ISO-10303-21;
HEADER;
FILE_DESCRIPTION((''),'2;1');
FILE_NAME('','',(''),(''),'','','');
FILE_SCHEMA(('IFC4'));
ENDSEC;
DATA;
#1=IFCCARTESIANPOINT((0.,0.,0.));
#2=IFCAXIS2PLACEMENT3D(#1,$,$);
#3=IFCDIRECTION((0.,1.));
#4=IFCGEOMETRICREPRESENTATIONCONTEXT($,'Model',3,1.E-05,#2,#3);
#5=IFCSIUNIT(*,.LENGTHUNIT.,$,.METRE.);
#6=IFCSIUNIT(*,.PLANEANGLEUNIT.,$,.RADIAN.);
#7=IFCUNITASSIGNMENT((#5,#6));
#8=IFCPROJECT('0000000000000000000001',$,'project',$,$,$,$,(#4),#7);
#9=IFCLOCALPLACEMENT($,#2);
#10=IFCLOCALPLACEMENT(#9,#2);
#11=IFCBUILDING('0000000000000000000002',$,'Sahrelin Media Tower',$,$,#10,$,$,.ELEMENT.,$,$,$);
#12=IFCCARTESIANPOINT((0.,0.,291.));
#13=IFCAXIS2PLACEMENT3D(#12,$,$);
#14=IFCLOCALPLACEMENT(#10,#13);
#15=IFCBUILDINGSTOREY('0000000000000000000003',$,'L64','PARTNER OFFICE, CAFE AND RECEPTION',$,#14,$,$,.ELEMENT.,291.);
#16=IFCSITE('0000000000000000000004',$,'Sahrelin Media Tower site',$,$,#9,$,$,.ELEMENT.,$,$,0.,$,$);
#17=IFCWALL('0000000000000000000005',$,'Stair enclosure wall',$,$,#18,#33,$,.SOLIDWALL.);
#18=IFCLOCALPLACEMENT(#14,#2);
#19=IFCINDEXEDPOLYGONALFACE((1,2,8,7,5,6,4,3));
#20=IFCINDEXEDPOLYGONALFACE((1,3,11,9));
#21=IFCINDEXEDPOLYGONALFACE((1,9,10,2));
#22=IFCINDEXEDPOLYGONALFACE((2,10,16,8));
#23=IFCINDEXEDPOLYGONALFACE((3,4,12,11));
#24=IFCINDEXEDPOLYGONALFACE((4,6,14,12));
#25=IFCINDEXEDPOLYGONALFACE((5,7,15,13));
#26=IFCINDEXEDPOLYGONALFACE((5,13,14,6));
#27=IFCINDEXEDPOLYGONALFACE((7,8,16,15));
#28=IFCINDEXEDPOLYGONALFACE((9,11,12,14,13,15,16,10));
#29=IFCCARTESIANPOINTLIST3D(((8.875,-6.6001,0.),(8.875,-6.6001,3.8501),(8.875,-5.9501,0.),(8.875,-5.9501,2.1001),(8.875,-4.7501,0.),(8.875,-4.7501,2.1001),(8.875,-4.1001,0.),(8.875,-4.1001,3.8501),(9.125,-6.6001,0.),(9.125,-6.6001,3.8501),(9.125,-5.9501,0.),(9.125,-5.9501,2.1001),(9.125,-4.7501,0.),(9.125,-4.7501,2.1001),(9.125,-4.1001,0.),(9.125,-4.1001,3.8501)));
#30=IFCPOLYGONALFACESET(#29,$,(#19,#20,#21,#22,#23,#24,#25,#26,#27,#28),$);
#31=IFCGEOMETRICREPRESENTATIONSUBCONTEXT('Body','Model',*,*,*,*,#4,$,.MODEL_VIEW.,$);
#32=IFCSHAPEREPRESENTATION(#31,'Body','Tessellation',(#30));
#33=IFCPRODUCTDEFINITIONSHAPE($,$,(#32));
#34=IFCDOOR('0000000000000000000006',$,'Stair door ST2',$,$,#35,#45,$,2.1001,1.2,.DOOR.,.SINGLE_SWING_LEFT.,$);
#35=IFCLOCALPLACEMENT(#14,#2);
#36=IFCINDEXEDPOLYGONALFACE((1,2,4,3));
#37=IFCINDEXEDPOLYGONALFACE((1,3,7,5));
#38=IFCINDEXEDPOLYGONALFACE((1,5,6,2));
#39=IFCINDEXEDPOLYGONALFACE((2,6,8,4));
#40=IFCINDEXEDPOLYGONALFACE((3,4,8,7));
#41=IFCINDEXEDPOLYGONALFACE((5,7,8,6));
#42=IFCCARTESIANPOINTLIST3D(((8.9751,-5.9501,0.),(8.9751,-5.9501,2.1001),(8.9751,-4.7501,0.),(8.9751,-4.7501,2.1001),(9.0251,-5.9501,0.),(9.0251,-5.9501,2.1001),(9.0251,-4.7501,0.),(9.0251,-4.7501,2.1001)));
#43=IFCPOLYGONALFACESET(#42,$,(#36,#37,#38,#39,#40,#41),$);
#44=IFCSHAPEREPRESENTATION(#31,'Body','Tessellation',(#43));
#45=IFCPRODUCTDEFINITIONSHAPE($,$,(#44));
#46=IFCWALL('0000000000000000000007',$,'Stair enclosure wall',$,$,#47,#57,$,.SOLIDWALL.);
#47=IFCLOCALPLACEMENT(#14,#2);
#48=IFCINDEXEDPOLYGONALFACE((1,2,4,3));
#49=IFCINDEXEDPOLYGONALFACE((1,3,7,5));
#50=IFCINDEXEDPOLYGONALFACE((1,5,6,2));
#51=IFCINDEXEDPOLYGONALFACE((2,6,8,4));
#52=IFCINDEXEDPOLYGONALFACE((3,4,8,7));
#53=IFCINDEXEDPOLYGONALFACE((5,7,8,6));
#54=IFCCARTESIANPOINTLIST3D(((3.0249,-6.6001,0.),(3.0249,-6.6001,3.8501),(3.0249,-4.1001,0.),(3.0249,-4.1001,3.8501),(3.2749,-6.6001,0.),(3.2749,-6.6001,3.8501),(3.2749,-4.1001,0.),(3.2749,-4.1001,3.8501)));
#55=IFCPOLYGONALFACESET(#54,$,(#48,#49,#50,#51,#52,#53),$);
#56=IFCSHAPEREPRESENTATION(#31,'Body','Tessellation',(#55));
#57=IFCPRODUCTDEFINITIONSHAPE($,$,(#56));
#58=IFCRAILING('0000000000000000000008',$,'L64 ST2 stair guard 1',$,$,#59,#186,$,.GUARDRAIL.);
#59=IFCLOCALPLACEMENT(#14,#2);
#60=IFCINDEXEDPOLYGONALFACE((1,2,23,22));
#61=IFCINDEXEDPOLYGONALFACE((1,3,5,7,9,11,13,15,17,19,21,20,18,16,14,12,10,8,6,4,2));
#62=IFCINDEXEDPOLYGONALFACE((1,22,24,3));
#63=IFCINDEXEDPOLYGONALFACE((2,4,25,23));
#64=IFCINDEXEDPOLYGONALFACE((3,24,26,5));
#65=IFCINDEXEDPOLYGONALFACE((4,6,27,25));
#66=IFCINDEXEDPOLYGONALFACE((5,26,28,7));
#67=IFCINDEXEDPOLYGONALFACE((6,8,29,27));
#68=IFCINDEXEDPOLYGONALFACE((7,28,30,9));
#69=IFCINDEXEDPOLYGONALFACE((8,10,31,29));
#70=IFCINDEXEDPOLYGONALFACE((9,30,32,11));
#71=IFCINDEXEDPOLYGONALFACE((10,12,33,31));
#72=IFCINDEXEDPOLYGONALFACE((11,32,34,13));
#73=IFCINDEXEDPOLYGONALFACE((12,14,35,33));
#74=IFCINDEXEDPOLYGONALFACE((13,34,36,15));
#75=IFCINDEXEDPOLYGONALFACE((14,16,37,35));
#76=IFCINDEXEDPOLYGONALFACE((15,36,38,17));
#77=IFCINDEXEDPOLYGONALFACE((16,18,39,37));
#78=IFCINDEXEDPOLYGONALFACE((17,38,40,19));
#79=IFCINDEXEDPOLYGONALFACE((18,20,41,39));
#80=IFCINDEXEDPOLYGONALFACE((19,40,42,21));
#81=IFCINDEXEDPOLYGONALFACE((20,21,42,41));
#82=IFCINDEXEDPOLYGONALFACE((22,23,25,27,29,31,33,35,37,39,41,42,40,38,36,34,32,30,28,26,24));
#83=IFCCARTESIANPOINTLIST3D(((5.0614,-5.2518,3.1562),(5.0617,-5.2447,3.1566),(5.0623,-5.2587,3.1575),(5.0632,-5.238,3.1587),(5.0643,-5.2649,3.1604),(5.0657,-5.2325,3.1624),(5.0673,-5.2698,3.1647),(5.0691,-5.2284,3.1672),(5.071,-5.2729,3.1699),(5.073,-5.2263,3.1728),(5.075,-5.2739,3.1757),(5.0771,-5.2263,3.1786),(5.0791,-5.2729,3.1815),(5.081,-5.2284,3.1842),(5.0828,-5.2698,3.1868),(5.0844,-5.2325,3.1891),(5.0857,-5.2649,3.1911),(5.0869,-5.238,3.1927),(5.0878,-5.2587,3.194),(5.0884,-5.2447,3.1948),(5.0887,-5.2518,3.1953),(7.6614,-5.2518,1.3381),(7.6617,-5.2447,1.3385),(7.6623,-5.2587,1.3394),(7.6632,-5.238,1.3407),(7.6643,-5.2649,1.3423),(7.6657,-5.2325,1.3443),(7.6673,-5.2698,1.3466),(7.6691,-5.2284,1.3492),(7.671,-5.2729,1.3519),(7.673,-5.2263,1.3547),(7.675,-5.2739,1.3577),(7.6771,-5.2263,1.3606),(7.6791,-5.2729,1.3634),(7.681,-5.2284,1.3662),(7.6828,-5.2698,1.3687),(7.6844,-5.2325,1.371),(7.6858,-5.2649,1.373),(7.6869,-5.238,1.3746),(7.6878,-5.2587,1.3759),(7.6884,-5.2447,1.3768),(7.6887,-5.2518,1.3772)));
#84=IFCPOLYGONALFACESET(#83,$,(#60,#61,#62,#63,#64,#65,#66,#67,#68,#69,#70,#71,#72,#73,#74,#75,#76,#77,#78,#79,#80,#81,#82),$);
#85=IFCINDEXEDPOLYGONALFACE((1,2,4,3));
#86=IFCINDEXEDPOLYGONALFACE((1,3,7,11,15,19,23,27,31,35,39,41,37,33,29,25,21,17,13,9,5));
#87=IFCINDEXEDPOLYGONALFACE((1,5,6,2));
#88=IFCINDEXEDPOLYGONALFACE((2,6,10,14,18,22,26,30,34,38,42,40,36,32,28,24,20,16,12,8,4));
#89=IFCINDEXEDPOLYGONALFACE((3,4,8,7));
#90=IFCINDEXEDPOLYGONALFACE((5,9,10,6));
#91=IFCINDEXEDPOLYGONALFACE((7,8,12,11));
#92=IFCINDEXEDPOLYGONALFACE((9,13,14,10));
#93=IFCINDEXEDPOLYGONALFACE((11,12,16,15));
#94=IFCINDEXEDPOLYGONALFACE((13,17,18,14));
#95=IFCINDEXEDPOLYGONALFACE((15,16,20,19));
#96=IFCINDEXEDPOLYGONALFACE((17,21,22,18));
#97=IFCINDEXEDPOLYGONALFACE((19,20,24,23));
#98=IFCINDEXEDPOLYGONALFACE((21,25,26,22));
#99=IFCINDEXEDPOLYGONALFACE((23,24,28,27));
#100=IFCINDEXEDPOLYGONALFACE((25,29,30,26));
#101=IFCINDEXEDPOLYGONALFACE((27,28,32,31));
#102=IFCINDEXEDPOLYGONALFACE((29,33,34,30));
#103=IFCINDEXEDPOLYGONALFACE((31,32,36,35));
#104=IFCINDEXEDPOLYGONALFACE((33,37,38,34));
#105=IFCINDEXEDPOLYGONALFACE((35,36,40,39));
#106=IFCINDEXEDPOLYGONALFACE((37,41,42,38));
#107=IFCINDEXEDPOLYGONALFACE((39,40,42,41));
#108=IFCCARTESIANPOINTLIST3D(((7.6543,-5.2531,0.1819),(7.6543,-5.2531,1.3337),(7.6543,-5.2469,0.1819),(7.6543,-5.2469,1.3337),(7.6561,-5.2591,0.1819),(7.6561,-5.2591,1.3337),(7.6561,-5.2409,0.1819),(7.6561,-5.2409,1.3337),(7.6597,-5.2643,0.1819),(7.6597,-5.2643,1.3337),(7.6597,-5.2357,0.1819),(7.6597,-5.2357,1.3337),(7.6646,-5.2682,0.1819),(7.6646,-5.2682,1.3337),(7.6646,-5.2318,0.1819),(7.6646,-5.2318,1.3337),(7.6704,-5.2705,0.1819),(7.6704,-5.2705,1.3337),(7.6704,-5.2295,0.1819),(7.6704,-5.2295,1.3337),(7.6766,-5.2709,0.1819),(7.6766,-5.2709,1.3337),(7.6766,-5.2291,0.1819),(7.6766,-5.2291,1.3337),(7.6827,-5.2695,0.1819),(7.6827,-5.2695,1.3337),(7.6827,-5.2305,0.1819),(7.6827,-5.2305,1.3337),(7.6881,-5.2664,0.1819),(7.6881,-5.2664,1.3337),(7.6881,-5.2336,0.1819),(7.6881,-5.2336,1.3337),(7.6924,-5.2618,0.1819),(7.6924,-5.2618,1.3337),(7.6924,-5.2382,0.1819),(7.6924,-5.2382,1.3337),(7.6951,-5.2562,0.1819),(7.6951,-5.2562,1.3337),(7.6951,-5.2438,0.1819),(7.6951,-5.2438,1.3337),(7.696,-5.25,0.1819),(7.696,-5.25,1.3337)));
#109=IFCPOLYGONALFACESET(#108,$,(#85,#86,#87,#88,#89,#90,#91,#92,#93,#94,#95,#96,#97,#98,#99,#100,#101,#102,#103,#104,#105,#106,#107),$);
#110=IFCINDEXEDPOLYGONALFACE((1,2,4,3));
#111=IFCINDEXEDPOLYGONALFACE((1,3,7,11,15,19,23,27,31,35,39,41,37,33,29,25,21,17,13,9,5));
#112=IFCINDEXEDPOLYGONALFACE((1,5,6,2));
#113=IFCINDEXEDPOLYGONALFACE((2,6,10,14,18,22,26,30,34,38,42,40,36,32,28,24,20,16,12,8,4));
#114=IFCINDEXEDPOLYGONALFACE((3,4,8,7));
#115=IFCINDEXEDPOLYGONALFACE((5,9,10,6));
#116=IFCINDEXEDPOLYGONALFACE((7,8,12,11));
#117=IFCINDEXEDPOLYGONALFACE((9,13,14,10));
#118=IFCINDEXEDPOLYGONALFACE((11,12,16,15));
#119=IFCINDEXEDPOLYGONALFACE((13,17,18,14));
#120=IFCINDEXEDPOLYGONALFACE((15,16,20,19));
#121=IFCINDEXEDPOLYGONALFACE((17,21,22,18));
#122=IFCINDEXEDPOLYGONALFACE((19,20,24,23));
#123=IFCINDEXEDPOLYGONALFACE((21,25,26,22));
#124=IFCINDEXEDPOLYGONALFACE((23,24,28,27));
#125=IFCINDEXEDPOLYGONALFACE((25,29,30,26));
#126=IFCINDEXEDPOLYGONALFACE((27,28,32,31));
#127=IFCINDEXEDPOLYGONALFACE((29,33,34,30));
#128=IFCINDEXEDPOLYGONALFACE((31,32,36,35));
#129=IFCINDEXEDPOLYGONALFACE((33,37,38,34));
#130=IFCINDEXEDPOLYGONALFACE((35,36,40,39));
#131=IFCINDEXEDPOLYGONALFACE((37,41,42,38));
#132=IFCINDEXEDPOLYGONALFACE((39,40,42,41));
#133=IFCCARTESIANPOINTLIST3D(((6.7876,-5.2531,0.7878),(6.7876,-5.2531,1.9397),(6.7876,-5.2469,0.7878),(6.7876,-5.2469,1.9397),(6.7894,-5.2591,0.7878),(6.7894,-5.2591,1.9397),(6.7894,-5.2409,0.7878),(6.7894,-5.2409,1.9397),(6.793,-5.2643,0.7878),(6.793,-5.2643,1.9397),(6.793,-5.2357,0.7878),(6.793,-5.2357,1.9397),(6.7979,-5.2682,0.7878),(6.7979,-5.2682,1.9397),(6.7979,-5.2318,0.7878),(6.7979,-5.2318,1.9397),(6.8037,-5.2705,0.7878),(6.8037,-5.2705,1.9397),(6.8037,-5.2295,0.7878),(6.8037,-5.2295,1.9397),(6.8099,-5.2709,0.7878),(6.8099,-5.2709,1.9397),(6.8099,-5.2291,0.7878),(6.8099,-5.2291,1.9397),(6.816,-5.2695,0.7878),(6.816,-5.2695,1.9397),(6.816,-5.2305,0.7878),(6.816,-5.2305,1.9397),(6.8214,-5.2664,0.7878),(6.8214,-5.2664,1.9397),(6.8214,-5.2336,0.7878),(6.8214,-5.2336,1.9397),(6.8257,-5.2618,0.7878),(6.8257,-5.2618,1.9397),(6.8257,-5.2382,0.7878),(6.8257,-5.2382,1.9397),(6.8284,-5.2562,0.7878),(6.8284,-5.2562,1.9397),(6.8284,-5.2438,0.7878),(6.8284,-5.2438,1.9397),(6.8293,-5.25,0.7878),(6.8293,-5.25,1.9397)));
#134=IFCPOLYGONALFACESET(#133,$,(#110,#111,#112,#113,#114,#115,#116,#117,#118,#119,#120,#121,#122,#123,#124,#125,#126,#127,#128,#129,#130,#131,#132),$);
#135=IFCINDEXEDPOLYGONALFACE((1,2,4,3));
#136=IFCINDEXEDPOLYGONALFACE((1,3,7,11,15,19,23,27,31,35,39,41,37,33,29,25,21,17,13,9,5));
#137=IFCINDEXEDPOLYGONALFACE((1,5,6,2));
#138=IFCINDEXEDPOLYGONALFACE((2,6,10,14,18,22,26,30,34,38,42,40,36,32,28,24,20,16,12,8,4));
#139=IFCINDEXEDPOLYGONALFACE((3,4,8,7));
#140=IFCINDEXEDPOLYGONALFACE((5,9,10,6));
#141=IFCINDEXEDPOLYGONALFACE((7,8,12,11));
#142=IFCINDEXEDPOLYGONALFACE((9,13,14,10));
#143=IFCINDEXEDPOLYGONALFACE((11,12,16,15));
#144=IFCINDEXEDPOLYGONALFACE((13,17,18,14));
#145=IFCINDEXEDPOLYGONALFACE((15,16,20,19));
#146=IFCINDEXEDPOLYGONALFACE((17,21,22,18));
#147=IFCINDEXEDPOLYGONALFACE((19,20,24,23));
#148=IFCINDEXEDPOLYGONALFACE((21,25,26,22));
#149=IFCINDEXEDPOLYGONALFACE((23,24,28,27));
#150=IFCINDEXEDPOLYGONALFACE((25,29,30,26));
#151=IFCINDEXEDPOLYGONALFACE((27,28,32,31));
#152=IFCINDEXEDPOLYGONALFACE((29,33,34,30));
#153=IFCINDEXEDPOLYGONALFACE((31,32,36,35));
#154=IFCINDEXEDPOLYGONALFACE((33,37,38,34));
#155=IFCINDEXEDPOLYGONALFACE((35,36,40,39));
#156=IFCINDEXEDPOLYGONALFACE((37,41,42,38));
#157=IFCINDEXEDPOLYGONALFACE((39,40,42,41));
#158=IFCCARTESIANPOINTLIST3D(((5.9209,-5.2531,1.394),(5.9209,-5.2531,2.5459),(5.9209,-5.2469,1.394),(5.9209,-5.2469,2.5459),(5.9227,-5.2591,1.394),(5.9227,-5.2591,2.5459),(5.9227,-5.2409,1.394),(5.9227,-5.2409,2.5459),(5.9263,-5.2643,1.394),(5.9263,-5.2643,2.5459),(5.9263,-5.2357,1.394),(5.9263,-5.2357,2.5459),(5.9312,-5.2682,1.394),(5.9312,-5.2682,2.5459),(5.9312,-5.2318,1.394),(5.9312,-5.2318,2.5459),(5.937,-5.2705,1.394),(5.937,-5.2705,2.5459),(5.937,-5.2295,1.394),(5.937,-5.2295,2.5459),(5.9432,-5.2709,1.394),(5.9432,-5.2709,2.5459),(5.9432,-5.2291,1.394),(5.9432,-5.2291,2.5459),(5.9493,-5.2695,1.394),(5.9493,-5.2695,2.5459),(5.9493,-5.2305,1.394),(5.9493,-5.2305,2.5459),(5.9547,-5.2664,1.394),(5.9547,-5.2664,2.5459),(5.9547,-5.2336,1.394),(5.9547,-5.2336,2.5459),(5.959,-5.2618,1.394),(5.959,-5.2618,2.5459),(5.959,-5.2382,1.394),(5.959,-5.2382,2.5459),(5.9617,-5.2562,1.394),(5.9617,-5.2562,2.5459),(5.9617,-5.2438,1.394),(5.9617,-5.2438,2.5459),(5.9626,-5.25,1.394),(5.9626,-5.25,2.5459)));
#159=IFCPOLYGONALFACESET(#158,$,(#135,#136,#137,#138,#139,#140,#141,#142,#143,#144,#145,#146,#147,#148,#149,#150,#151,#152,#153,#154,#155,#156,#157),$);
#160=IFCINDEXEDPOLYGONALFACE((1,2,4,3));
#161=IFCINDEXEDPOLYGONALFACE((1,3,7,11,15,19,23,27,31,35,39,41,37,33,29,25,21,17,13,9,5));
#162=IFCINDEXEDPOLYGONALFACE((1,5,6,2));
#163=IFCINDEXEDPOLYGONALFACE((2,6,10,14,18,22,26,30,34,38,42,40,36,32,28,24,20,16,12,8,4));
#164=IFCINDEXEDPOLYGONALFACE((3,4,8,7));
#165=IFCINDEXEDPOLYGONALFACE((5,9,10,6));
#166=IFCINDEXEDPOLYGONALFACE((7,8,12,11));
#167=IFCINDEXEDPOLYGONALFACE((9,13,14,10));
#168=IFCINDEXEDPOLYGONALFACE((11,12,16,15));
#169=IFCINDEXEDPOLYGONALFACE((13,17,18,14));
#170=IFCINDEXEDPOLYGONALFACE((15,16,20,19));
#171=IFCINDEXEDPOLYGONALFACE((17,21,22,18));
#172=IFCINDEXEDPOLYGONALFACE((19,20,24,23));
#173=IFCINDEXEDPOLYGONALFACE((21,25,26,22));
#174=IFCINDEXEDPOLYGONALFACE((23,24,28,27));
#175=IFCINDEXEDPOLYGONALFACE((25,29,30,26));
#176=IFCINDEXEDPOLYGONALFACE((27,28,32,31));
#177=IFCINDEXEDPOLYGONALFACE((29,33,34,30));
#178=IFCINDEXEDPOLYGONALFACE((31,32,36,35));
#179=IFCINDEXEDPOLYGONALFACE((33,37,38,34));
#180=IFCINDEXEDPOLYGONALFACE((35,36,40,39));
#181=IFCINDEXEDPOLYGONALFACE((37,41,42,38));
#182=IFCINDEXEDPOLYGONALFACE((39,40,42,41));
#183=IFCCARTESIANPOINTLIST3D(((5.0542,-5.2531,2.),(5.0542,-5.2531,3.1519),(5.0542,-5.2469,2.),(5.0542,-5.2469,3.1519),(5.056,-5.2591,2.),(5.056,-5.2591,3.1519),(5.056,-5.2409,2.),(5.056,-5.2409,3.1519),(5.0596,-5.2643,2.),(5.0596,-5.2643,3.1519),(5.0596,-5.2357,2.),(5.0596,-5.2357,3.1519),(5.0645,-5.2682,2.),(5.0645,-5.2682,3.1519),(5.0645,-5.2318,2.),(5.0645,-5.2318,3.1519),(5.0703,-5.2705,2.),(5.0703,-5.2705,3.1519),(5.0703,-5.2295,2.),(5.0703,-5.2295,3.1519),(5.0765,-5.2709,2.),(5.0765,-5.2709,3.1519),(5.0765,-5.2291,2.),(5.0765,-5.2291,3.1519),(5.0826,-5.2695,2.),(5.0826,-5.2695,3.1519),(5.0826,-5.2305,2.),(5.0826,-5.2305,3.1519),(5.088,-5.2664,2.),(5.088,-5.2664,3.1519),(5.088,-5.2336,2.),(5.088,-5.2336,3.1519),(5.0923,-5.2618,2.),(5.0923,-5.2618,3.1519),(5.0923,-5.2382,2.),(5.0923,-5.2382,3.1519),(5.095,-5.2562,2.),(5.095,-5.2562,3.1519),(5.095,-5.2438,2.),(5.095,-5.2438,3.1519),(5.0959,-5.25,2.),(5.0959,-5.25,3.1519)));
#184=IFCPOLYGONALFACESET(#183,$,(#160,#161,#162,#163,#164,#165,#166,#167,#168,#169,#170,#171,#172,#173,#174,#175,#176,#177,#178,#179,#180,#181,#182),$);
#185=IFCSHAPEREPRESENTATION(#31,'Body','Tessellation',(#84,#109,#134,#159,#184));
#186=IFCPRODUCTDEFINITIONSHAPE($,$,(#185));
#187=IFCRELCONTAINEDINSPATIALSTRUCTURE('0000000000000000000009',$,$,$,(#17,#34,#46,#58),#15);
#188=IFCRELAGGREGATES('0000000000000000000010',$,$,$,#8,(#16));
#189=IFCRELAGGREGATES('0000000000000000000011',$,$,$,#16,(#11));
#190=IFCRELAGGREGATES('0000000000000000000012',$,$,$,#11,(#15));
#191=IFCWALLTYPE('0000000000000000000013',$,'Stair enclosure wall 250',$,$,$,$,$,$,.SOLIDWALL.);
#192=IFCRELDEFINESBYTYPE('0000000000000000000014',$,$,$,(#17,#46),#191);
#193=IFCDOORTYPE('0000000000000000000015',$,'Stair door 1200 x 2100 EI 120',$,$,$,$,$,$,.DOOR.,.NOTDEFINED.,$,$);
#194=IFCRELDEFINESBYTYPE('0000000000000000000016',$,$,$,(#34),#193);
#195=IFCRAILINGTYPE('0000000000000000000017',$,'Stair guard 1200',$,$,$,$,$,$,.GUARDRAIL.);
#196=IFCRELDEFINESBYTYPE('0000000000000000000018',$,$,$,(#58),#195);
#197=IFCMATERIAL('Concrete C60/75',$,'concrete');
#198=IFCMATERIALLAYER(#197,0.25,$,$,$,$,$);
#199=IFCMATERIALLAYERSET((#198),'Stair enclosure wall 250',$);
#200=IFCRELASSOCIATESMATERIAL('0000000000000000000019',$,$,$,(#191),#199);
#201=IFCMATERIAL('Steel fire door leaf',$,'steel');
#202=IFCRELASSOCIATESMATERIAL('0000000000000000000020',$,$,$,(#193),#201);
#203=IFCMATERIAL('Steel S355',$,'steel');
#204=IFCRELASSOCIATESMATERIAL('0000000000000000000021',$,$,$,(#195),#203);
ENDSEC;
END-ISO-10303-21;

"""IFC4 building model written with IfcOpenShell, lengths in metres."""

from ifc_helpers import new_model, si_unit, direction, frame, frame_2d, origin, origin_2d, place, context, subcontext, project, spatial, rectangle, circle, extrude, material, layer, layer_set, type_object, element, fill, save


model = new_model("IFC4")

# Units and contexts
model_context = context("Model", 3, precision=1e-05, world=origin(), true_north=direction((0.0, 1.0)))
body_context = subcontext(model_context, "Body", "Model", "MODEL_VIEW")
ifc_project = project(units=[si_unit("LENGTHUNIT", "METRE"), si_unit("PLANEANGLEUNIT", "RADIAN")], contexts=[model_context])

# Site, building, storey
site_placement = place(None, origin())
site = spatial("IfcSite", under=ifc_project, at=site_placement, Name="Sahrelin Media Tower site", CompositionType="ELEMENT", RefElevation=0.0)
building_placement = place(site_placement, origin())
building = spatial("IfcBuilding", under=site, at=building_placement, Name="Sahrelin Media Tower", CompositionType="ELEMENT")
storey_placement = place(building_placement, frame((0.0, 0.0, 291.0)))
storey = spatial("IfcBuildingStorey", under=building, at=storey_placement, Name="L64", Description="PARTNER OFFICE, CAFE AND RECEPTION", CompositionType="ELEMENT", Elevation=291.0)

# Shared definitions
ifc_material_1 = material(Name="Concrete C60/75", Category="concrete")

# Wall, opening, door
ifc_layer_1 = layer(ifc_material_1, 0.25)
ifc_layer_set_1 = layer_set([ifc_layer_1], Name="Stair enclosure wall 250")
wall_type_1 = type_object("IfcWallType", Name="Stair enclosure wall 250", PredefinedType="SOLIDWALL", material=ifc_layer_set_1)
wall_1_placement = place(storey_placement, frame((9.0, -6.6001, 0.0), z_axis=(0.0, 0.0, 1.0), x_axis=(0.0, 1.0, 0.0)))
wall_1 = element("IfcWall", 1, at=wall_1_placement, inside=storey, type_object=wall_type_1, Name="Stair enclosure wall", PredefinedType="SOLIDWALL", context=body_context, shape_type="SweptSolid", body=[
    extrude(rectangle(XDim=2.5, YDim=0.25, at=frame_2d((1.25, 0.0))), origin(), (0.0, 0.0, 1.0), 3.8501),
])
opening_placement = place(wall_1_placement, frame((0.6499, 0.0, 0.0)))
opening = element("IfcOpeningElement", 2, at=opening_placement, cuts=wall_1, PredefinedType="OPENING", context=body_context, shape_type="SweptSolid", body=[
    extrude(rectangle(XDim=1.2, YDim=2.1001, at=frame_2d((0.6001, 1.05))), frame((0.0, 0.125, 0.0), z_axis=(0.0, -1.0, 0.0), x_axis=(1.0, 0.0, 0.0)), (0.0, 0.0, 1.0), 0.25),
])
ifc_material_2 = material(Name="Steel fire door leaf", Category="steel")
door_type = type_object("IfcDoorType", Name="Stair door 1200 x 2100 EI 120", OperationType="NOTDEFINED", PredefinedType="DOOR", material=ifc_material_2)
door_placement = place(opening_placement, origin())
door = element("IfcDoor", 3, at=door_placement, inside=storey, type_object=door_type, Name="Stair door ST2", OperationType="SINGLE_SWING_LEFT", OverallHeight=2.1001, OverallWidth=1.2, PredefinedType="DOOR", context=body_context, shape_type="SweptSolid", body=[
    extrude(rectangle(XDim=1.2, YDim=2.1001, at=frame_2d((0.6001, 1.05))), frame((0.0, 0.0249, 0.0), z_axis=(0.0, -1.0, 0.0), x_axis=(1.0, 0.0, 0.0)), (0.0, 0.0, 1.0), 0.05),
])
fill(opening, door)

# Wall
wall_2_placement = place(storey_placement, frame((3.1499, -6.6001, 0.0), z_axis=(0.0, 0.0, 1.0), x_axis=(0.0, 1.0, 0.0)))
element("IfcWall", 4, at=wall_2_placement, inside=storey, type_object=wall_type_1, Name="Stair enclosure wall", PredefinedType="SOLIDWALL", context=body_context, shape_type="SweptSolid", body=[
    extrude(rectangle(XDim=2.5, YDim=0.25, at=frame_2d((1.25, 0.0))), origin(), (0.0, 0.0, 1.0), 3.8501),
])

# Railing
ifc_material_3 = material(Name="Steel S355", Category="steel")
railing_type_1 = type_object("IfcRailingType", Name="Stair guard 1200", PredefinedType="GUARDRAIL", material=ifc_material_3)
railing_1_placement = place(storey_placement, frame((7.675, -5.25, 0.1819)))
element("IfcRailing", 5, at=railing_1_placement, inside=storey, type_object=railing_type_1, Name="L64 ST2 stair guard 1", PredefinedType="GUARDRAIL", context=body_context, shape_type="SweptSolid", body=[
    extrude(circle(Radius=0.0239, at=origin_2d()), frame((0.0, 0.0, 1.1758), z_axis=(-0.819521, 0.0, 0.573049), x_axis=(0.0, -1.0, 0.0)), (0.0, 0.0, 1.0), 3.1726),
    extrude(circle(Radius=0.021, at=origin_2d()), origin(), (0.0, 0.0, 1.0), 1.1519),
    extrude(circle(Radius=0.021, at=origin_2d()), frame((-0.8667, 0.0, 0.606)), (0.0, 0.0, 1.0), 1.1519),
    extrude(circle(Radius=0.021, at=origin_2d()), frame((-1.7334, 0.0, 1.2122)), (0.0, 0.0, 1.0), 1.1519),
    extrude(circle(Radius=0.021, at=origin_2d()), frame((-2.6001, 0.0, 1.8181)), (0.0, 0.0, 1.0), 1.1519),
])

save(model, "model.ifc")
